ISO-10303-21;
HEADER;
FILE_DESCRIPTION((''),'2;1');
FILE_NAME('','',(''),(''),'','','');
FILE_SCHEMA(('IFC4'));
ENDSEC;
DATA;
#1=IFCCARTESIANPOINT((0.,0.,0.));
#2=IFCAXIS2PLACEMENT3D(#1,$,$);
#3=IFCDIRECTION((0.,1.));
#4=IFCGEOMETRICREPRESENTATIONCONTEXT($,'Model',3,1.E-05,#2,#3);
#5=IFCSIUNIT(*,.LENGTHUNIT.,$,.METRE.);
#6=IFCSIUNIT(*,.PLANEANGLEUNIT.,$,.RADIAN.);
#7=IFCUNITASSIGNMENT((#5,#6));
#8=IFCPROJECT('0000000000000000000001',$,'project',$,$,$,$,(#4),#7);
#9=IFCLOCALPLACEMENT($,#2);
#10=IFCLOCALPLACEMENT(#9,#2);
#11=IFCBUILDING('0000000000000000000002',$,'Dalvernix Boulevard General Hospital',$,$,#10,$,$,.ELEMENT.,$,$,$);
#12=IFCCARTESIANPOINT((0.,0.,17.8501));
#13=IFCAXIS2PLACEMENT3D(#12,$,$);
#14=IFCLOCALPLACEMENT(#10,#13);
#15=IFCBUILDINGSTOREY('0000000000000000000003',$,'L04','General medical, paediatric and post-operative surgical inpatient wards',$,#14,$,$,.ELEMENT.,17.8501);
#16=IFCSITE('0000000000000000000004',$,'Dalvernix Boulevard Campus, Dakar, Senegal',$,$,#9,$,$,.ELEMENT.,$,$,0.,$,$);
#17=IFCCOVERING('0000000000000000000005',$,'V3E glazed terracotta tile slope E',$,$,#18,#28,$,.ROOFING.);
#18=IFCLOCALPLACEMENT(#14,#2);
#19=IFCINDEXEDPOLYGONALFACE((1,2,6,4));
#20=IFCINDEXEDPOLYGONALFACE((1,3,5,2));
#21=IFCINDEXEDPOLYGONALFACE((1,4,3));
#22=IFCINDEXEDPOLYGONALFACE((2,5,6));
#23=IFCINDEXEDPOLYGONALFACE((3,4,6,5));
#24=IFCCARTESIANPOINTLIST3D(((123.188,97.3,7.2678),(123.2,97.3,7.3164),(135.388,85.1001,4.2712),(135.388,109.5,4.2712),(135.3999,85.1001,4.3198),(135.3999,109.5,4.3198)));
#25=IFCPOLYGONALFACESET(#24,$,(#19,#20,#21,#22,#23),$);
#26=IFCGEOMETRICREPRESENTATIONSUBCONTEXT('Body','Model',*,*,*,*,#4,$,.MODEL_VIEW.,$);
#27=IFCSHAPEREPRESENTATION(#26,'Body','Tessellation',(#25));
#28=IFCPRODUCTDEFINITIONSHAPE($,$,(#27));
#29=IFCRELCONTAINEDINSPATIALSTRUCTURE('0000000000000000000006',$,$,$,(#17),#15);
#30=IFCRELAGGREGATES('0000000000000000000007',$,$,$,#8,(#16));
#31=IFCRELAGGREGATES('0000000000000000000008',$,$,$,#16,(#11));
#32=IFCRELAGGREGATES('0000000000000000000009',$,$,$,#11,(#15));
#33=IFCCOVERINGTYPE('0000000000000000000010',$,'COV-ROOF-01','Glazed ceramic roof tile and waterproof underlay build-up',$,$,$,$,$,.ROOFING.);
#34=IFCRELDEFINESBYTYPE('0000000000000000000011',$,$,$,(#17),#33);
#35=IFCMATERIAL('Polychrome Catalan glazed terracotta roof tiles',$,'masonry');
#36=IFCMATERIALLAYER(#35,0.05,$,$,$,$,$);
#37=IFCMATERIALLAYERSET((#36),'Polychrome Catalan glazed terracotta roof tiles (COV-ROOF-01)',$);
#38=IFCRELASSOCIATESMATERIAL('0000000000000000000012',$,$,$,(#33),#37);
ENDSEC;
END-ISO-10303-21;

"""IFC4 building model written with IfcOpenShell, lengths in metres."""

from ifc_helpers import new_model, si_unit, direction, frame, origin, place, context, subcontext, project, spatial, polyline, outline, extrude, material, layer, layer_set, type_object, element, save


model = new_model("IFC4")

# Units and contexts
model_context = context("Model", 3, precision=1e-05, world=origin(), true_north=direction((0.0, 1.0)))
body_context = subcontext(model_context, "Body", "Model", "MODEL_VIEW")
ifc_project = project(units=[si_unit("LENGTHUNIT", "METRE"), si_unit("PLANEANGLEUNIT", "RADIAN")], contexts=[model_context])

# Site, building, storey
site_placement = place(None, origin())
site = spatial("IfcSite", under=ifc_project, at=site_placement, Name="Dalvernix Boulevard Campus, Dakar, Senegal", CompositionType="ELEMENT", RefElevation=0.0)
building_placement = place(site_placement, origin())
building = spatial("IfcBuilding", under=site, at=building_placement, Name="Dalvernix Boulevard General Hospital", CompositionType="ELEMENT")
storey_placement = place(building_placement, frame((0.0, 0.0, 17.8501)))
storey = spatial("IfcBuildingStorey", under=building, at=storey_placement, Name="L04", Description="General medical, paediatric and post-operative surgical inpatient wards", CompositionType="ELEMENT", Elevation=17.8501)

# Covering
ifc_material_1 = material(Name="Polychrome Catalan glazed terracotta roof tiles", Category="masonry")
ifc_layer_1 = layer(ifc_material_1, 0.05)
ifc_layer_set_1 = layer_set([ifc_layer_1], Name="Polychrome Catalan glazed terracotta roof tiles (COV-ROOF-01)")
covering_type_1 = type_object("IfcCoveringType", Name="COV-ROOF-01", Description="Glazed ceramic roof tile and waterproof underlay build-up", PredefinedType="ROOFING", material=ifc_layer_set_1)
covering_1_placement = place(storey_placement, frame((135.3999, 85.1001, 4.3198), z_axis=(0.238532, 0.0, 0.971135), x_axis=(0.0, 1.0, 0.0)))
element("IfcCovering", 1, at=covering_1_placement, inside=storey, type_object=covering_type_1, Name="V3E glazed terracotta tile slope E", PredefinedType="ROOFING", context=body_context, shape_type="SweptSolid", body=[
    extrude(outline(polyline([(0.0, 0.0), (24.3999, 0.0), (12.2, 12.5626), (0.0, 0.0)])), origin(), (0.0, 0.0, -1.0), 0.05),
])

save(model, "model.ifc")
